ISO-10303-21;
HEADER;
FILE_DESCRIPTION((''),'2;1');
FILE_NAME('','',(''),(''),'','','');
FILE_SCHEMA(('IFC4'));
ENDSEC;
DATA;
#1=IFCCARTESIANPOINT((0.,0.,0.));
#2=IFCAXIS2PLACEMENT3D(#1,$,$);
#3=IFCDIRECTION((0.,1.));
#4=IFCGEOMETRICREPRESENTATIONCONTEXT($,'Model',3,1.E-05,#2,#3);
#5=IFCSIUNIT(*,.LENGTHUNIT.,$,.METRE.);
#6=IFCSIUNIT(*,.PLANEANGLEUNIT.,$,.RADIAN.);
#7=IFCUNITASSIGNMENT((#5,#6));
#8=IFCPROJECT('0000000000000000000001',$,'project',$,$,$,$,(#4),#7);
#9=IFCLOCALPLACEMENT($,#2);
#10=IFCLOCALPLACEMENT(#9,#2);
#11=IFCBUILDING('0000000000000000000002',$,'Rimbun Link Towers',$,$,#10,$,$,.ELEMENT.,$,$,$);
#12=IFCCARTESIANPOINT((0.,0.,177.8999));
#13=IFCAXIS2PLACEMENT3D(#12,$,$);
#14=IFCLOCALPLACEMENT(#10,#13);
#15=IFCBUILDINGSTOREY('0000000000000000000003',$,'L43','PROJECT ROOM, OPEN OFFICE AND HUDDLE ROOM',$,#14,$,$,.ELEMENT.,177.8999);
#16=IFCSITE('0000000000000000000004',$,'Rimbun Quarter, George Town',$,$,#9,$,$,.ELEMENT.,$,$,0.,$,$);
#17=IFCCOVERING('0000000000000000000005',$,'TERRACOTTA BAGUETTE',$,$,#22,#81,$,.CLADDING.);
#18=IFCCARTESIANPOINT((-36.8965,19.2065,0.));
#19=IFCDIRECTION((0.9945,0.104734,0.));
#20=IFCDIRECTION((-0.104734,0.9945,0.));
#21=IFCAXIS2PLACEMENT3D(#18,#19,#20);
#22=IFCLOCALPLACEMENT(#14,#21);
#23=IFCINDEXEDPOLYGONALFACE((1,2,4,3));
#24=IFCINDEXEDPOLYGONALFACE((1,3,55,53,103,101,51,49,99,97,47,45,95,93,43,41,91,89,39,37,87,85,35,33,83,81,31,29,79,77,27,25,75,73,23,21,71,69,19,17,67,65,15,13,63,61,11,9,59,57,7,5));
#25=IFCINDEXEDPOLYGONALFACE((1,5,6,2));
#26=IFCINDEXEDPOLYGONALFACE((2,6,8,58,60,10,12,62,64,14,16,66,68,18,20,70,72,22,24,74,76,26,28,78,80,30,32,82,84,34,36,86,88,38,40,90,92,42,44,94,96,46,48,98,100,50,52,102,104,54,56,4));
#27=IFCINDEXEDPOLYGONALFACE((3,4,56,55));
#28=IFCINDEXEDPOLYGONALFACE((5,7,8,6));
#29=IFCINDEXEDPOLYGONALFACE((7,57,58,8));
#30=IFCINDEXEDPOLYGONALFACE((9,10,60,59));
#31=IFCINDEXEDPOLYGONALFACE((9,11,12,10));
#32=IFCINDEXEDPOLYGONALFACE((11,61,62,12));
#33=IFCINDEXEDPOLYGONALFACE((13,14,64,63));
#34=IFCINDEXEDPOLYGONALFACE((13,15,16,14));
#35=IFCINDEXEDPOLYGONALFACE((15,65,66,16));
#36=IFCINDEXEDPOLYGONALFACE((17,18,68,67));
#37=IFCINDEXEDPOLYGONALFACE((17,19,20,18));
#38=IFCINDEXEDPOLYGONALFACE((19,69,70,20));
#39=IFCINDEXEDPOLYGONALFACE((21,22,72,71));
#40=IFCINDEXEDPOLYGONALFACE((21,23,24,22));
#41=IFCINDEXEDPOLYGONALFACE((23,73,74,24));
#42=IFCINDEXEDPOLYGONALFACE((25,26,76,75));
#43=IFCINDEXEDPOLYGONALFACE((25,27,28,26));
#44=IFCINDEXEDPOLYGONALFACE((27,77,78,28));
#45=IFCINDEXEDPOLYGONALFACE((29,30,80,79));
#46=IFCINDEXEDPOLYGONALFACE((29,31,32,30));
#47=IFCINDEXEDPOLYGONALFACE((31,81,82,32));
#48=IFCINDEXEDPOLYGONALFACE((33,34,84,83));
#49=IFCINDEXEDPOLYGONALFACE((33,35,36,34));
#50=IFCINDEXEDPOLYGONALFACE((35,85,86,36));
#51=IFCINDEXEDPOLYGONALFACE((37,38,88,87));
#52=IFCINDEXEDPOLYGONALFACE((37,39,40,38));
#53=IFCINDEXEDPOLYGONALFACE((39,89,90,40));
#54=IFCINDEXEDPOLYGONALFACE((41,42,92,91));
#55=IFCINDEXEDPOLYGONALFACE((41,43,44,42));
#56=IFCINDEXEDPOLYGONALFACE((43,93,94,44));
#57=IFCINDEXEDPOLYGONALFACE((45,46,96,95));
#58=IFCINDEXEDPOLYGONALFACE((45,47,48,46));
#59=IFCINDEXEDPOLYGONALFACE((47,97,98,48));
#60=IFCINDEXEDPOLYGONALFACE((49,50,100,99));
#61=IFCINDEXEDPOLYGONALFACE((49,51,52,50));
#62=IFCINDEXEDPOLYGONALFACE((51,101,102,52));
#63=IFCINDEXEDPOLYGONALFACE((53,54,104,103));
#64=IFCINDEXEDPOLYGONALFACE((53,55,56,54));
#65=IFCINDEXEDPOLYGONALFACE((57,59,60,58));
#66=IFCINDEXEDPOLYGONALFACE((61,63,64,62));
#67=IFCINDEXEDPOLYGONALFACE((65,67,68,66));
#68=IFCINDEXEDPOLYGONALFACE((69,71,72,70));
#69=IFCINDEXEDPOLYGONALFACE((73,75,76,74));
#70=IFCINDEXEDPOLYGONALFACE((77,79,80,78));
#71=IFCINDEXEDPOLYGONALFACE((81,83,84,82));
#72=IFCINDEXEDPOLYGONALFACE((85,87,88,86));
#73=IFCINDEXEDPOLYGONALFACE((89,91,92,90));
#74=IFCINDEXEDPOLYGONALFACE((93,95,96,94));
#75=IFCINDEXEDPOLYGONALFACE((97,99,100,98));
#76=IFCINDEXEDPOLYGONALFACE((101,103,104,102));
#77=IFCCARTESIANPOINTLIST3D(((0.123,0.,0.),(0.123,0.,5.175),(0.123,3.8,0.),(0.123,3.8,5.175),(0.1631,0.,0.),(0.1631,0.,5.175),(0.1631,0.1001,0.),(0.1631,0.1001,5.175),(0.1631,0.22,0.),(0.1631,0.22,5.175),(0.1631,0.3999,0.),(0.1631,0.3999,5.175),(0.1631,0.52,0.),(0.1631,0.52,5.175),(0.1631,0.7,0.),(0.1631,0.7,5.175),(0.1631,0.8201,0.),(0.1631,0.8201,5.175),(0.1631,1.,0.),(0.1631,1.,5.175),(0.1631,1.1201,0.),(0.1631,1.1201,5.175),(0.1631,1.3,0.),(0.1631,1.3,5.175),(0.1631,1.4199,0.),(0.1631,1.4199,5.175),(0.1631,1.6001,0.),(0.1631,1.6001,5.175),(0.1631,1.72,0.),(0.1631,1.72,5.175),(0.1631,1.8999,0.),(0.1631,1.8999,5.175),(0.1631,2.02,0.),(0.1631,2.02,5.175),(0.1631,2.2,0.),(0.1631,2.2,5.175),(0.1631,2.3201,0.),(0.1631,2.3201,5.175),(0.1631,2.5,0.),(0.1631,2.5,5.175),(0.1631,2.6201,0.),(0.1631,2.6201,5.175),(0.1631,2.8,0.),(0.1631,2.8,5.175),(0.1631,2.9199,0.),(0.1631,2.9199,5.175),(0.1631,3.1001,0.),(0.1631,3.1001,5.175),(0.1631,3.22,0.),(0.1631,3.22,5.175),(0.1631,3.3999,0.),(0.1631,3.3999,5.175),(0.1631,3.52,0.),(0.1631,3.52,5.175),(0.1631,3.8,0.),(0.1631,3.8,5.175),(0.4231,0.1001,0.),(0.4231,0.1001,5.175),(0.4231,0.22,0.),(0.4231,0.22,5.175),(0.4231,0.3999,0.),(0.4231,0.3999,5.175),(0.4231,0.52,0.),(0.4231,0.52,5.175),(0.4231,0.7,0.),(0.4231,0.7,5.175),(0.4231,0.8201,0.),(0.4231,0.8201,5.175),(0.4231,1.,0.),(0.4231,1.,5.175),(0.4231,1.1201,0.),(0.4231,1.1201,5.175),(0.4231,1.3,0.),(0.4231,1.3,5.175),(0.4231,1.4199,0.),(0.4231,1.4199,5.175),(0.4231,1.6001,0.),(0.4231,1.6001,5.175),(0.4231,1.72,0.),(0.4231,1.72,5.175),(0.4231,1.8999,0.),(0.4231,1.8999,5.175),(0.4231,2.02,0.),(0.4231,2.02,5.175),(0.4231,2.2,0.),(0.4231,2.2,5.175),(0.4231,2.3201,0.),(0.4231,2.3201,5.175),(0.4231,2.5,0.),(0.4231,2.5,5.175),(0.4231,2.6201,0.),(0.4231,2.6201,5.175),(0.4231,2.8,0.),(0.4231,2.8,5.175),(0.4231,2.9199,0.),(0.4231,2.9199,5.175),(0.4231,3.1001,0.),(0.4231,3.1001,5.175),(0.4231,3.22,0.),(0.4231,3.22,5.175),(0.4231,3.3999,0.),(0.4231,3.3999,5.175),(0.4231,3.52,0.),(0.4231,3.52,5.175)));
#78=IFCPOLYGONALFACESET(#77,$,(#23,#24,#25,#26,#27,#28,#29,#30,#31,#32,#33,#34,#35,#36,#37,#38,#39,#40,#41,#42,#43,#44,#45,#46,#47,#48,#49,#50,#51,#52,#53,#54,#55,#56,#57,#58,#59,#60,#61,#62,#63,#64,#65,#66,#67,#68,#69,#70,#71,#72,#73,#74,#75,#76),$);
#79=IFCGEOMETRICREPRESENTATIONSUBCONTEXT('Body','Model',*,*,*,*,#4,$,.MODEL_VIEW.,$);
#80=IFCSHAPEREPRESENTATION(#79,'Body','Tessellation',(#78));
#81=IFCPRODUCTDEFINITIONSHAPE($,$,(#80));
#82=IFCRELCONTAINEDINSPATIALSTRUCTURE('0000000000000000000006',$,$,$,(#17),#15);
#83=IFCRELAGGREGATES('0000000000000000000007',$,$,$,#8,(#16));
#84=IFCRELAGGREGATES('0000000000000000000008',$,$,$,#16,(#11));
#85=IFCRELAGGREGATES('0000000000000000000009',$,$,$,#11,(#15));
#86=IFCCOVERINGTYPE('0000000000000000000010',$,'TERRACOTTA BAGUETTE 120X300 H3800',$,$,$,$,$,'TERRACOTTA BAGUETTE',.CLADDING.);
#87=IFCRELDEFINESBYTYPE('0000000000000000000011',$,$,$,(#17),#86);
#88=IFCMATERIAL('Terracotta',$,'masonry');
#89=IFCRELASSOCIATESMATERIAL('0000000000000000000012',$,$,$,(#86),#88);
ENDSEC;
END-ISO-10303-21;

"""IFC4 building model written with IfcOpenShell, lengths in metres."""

from ifc_helpers import new_model, si_unit, direction, frame, origin, place, context, subcontext, project, spatial, polyline, outline, extrude, material, material_profile, profile_set, type_object, element, save


model = new_model("IFC4")

# Units and contexts
model_context = context("Model", 3, precision=1e-05, world=origin(), true_north=direction((0.0, 1.0)))
body_context = subcontext(model_context, "Body", "Model", "MODEL_VIEW")
ifc_project = project(units=[si_unit("LENGTHUNIT", "METRE"), si_unit("PLANEANGLEUNIT", "RADIAN")], contexts=[model_context])

# Site, building, storey
site_placement = place(None, origin())
site = spatial("IfcSite", under=ifc_project, at=site_placement, Name="Rimbun Quarter, George Town", CompositionType="ELEMENT", RefElevation=0.0)
building_placement = place(site_placement, origin())
building = spatial("IfcBuilding", under=site, at=building_placement, Name="Rimbun Link Towers", CompositionType="ELEMENT")
storey_placement = place(building_placement, frame((0.0, 0.0, 177.8999)))
storey = spatial("IfcBuildingStorey", under=building, at=storey_placement, Name="L43", Description="PROJECT ROOM, OPEN OFFICE AND HUDDLE ROOM", CompositionType="ELEMENT", Elevation=177.8999)

# Covering
ifc_material_1 = material(Name="Terracotta", Category="masonry")
ifc_material_profile_1 = material_profile(ifc_material_1, outline(polyline([(0.123, 0.0), (0.1631, 0.0), (0.1631, 0.1001), (0.4231, 0.1001), (0.4231, 0.22), (0.1631, 0.22), (0.1631, 0.3999), (0.4231, 0.3999), (0.4231, 0.52), (0.1631, 0.52), (0.1631, 0.7), (0.4231, 0.7), (0.4231, 0.8201), (0.1631, 0.8201), (0.1631, 1.0), (0.4231, 1.0), (0.4231, 1.1201), (0.1631, 1.1201), (0.1631, 1.3), (0.4231, 1.3), (0.4231, 1.4199), (0.1631, 1.4199), (0.1631, 1.6001), (0.4231, 1.6001), (0.4231, 1.72), (0.1631, 1.72), (0.1631, 1.8999), (0.4231, 1.8999), (0.4231, 2.02), (0.1631, 2.02), (0.1631, 2.2), (0.4231, 2.2), (0.4231, 2.3201), (0.1631, 2.3201), (0.1631, 2.5), (0.4231, 2.5), (0.4231, 2.6201), (0.1631, 2.6201), (0.1631, 2.8), (0.4231, 2.8), (0.4231, 2.9199), (0.1631, 2.9199), (0.1631, 3.1001), (0.4231, 3.1001), (0.4231, 3.22), (0.1631, 3.22), (0.1631, 3.3999), (0.4231, 3.3999), (0.4231, 3.52), (0.1631, 3.52), (0.1631, 3.8), (0.123, 3.8), (0.123, 0.0)])), Name="BAGUETTE 120X300")
ifc_profile_set_1 = profile_set([ifc_material_profile_1], Name="Terracotta")
covering_type = type_object("IfcCoveringType", Name="TERRACOTTA BAGUETTE 120X300 H3800", ElementType="TERRACOTTA BAGUETTE", PredefinedType="CLADDING", material=ifc_profile_set_1)
for number, where, z_axis, x_axis, name in (
    (1, (-36.8965, 19.2065, 0.0), (0.9945, 0.104734, 0.0), (-0.104734, 0.9945, 0.0), "TERRACOTTA BAGUETTE"),
):
    element("IfcCovering", number, at=place(storey_placement, frame(where, z_axis=z_axis, x_axis=x_axis)), inside=storey, type_object=covering_type, Name=name, PredefinedType="CLADDING", context=body_context, shape_type="SweptSolid", body=[
        extrude(outline(polyline([(0.123, 0.0), (0.1631, 0.0), (0.1631, 0.1001), (0.4231, 0.1001), (0.4231, 0.22), (0.1631, 0.22), (0.1631, 0.3999), (0.4231, 0.3999), (0.4231, 0.52), (0.1631, 0.52), (0.1631, 0.7), (0.4231, 0.7), (0.4231, 0.8201), (0.1631, 0.8201), (0.1631, 1.0), (0.4231, 1.0), (0.4231, 1.1201), (0.1631, 1.1201), (0.1631, 1.3), (0.4231, 1.3), (0.4231, 1.4199), (0.1631, 1.4199), (0.1631, 1.6001), (0.4231, 1.6001), (0.4231, 1.72), (0.1631, 1.72), (0.1631, 1.8999), (0.4231, 1.8999), (0.4231, 2.02), (0.1631, 2.02), (0.1631, 2.2), (0.4231, 2.2), (0.4231, 2.3201), (0.1631, 2.3201), (0.1631, 2.5), (0.4231, 2.5), (0.4231, 2.6201), (0.1631, 2.6201), (0.1631, 2.8), (0.4231, 2.8), (0.4231, 2.9199), (0.1631, 2.9199), (0.1631, 3.1001), (0.4231, 3.1001), (0.4231, 3.22), (0.1631, 3.22), (0.1631, 3.3999), (0.4231, 3.3999), (0.4231, 3.52), (0.1631, 3.52), (0.1631, 3.8), (0.123, 3.8), (0.123, 0.0)])), origin(), (0.0, 0.0, 1.0), 5.175),
    ])

save(model, "model.ifc")
